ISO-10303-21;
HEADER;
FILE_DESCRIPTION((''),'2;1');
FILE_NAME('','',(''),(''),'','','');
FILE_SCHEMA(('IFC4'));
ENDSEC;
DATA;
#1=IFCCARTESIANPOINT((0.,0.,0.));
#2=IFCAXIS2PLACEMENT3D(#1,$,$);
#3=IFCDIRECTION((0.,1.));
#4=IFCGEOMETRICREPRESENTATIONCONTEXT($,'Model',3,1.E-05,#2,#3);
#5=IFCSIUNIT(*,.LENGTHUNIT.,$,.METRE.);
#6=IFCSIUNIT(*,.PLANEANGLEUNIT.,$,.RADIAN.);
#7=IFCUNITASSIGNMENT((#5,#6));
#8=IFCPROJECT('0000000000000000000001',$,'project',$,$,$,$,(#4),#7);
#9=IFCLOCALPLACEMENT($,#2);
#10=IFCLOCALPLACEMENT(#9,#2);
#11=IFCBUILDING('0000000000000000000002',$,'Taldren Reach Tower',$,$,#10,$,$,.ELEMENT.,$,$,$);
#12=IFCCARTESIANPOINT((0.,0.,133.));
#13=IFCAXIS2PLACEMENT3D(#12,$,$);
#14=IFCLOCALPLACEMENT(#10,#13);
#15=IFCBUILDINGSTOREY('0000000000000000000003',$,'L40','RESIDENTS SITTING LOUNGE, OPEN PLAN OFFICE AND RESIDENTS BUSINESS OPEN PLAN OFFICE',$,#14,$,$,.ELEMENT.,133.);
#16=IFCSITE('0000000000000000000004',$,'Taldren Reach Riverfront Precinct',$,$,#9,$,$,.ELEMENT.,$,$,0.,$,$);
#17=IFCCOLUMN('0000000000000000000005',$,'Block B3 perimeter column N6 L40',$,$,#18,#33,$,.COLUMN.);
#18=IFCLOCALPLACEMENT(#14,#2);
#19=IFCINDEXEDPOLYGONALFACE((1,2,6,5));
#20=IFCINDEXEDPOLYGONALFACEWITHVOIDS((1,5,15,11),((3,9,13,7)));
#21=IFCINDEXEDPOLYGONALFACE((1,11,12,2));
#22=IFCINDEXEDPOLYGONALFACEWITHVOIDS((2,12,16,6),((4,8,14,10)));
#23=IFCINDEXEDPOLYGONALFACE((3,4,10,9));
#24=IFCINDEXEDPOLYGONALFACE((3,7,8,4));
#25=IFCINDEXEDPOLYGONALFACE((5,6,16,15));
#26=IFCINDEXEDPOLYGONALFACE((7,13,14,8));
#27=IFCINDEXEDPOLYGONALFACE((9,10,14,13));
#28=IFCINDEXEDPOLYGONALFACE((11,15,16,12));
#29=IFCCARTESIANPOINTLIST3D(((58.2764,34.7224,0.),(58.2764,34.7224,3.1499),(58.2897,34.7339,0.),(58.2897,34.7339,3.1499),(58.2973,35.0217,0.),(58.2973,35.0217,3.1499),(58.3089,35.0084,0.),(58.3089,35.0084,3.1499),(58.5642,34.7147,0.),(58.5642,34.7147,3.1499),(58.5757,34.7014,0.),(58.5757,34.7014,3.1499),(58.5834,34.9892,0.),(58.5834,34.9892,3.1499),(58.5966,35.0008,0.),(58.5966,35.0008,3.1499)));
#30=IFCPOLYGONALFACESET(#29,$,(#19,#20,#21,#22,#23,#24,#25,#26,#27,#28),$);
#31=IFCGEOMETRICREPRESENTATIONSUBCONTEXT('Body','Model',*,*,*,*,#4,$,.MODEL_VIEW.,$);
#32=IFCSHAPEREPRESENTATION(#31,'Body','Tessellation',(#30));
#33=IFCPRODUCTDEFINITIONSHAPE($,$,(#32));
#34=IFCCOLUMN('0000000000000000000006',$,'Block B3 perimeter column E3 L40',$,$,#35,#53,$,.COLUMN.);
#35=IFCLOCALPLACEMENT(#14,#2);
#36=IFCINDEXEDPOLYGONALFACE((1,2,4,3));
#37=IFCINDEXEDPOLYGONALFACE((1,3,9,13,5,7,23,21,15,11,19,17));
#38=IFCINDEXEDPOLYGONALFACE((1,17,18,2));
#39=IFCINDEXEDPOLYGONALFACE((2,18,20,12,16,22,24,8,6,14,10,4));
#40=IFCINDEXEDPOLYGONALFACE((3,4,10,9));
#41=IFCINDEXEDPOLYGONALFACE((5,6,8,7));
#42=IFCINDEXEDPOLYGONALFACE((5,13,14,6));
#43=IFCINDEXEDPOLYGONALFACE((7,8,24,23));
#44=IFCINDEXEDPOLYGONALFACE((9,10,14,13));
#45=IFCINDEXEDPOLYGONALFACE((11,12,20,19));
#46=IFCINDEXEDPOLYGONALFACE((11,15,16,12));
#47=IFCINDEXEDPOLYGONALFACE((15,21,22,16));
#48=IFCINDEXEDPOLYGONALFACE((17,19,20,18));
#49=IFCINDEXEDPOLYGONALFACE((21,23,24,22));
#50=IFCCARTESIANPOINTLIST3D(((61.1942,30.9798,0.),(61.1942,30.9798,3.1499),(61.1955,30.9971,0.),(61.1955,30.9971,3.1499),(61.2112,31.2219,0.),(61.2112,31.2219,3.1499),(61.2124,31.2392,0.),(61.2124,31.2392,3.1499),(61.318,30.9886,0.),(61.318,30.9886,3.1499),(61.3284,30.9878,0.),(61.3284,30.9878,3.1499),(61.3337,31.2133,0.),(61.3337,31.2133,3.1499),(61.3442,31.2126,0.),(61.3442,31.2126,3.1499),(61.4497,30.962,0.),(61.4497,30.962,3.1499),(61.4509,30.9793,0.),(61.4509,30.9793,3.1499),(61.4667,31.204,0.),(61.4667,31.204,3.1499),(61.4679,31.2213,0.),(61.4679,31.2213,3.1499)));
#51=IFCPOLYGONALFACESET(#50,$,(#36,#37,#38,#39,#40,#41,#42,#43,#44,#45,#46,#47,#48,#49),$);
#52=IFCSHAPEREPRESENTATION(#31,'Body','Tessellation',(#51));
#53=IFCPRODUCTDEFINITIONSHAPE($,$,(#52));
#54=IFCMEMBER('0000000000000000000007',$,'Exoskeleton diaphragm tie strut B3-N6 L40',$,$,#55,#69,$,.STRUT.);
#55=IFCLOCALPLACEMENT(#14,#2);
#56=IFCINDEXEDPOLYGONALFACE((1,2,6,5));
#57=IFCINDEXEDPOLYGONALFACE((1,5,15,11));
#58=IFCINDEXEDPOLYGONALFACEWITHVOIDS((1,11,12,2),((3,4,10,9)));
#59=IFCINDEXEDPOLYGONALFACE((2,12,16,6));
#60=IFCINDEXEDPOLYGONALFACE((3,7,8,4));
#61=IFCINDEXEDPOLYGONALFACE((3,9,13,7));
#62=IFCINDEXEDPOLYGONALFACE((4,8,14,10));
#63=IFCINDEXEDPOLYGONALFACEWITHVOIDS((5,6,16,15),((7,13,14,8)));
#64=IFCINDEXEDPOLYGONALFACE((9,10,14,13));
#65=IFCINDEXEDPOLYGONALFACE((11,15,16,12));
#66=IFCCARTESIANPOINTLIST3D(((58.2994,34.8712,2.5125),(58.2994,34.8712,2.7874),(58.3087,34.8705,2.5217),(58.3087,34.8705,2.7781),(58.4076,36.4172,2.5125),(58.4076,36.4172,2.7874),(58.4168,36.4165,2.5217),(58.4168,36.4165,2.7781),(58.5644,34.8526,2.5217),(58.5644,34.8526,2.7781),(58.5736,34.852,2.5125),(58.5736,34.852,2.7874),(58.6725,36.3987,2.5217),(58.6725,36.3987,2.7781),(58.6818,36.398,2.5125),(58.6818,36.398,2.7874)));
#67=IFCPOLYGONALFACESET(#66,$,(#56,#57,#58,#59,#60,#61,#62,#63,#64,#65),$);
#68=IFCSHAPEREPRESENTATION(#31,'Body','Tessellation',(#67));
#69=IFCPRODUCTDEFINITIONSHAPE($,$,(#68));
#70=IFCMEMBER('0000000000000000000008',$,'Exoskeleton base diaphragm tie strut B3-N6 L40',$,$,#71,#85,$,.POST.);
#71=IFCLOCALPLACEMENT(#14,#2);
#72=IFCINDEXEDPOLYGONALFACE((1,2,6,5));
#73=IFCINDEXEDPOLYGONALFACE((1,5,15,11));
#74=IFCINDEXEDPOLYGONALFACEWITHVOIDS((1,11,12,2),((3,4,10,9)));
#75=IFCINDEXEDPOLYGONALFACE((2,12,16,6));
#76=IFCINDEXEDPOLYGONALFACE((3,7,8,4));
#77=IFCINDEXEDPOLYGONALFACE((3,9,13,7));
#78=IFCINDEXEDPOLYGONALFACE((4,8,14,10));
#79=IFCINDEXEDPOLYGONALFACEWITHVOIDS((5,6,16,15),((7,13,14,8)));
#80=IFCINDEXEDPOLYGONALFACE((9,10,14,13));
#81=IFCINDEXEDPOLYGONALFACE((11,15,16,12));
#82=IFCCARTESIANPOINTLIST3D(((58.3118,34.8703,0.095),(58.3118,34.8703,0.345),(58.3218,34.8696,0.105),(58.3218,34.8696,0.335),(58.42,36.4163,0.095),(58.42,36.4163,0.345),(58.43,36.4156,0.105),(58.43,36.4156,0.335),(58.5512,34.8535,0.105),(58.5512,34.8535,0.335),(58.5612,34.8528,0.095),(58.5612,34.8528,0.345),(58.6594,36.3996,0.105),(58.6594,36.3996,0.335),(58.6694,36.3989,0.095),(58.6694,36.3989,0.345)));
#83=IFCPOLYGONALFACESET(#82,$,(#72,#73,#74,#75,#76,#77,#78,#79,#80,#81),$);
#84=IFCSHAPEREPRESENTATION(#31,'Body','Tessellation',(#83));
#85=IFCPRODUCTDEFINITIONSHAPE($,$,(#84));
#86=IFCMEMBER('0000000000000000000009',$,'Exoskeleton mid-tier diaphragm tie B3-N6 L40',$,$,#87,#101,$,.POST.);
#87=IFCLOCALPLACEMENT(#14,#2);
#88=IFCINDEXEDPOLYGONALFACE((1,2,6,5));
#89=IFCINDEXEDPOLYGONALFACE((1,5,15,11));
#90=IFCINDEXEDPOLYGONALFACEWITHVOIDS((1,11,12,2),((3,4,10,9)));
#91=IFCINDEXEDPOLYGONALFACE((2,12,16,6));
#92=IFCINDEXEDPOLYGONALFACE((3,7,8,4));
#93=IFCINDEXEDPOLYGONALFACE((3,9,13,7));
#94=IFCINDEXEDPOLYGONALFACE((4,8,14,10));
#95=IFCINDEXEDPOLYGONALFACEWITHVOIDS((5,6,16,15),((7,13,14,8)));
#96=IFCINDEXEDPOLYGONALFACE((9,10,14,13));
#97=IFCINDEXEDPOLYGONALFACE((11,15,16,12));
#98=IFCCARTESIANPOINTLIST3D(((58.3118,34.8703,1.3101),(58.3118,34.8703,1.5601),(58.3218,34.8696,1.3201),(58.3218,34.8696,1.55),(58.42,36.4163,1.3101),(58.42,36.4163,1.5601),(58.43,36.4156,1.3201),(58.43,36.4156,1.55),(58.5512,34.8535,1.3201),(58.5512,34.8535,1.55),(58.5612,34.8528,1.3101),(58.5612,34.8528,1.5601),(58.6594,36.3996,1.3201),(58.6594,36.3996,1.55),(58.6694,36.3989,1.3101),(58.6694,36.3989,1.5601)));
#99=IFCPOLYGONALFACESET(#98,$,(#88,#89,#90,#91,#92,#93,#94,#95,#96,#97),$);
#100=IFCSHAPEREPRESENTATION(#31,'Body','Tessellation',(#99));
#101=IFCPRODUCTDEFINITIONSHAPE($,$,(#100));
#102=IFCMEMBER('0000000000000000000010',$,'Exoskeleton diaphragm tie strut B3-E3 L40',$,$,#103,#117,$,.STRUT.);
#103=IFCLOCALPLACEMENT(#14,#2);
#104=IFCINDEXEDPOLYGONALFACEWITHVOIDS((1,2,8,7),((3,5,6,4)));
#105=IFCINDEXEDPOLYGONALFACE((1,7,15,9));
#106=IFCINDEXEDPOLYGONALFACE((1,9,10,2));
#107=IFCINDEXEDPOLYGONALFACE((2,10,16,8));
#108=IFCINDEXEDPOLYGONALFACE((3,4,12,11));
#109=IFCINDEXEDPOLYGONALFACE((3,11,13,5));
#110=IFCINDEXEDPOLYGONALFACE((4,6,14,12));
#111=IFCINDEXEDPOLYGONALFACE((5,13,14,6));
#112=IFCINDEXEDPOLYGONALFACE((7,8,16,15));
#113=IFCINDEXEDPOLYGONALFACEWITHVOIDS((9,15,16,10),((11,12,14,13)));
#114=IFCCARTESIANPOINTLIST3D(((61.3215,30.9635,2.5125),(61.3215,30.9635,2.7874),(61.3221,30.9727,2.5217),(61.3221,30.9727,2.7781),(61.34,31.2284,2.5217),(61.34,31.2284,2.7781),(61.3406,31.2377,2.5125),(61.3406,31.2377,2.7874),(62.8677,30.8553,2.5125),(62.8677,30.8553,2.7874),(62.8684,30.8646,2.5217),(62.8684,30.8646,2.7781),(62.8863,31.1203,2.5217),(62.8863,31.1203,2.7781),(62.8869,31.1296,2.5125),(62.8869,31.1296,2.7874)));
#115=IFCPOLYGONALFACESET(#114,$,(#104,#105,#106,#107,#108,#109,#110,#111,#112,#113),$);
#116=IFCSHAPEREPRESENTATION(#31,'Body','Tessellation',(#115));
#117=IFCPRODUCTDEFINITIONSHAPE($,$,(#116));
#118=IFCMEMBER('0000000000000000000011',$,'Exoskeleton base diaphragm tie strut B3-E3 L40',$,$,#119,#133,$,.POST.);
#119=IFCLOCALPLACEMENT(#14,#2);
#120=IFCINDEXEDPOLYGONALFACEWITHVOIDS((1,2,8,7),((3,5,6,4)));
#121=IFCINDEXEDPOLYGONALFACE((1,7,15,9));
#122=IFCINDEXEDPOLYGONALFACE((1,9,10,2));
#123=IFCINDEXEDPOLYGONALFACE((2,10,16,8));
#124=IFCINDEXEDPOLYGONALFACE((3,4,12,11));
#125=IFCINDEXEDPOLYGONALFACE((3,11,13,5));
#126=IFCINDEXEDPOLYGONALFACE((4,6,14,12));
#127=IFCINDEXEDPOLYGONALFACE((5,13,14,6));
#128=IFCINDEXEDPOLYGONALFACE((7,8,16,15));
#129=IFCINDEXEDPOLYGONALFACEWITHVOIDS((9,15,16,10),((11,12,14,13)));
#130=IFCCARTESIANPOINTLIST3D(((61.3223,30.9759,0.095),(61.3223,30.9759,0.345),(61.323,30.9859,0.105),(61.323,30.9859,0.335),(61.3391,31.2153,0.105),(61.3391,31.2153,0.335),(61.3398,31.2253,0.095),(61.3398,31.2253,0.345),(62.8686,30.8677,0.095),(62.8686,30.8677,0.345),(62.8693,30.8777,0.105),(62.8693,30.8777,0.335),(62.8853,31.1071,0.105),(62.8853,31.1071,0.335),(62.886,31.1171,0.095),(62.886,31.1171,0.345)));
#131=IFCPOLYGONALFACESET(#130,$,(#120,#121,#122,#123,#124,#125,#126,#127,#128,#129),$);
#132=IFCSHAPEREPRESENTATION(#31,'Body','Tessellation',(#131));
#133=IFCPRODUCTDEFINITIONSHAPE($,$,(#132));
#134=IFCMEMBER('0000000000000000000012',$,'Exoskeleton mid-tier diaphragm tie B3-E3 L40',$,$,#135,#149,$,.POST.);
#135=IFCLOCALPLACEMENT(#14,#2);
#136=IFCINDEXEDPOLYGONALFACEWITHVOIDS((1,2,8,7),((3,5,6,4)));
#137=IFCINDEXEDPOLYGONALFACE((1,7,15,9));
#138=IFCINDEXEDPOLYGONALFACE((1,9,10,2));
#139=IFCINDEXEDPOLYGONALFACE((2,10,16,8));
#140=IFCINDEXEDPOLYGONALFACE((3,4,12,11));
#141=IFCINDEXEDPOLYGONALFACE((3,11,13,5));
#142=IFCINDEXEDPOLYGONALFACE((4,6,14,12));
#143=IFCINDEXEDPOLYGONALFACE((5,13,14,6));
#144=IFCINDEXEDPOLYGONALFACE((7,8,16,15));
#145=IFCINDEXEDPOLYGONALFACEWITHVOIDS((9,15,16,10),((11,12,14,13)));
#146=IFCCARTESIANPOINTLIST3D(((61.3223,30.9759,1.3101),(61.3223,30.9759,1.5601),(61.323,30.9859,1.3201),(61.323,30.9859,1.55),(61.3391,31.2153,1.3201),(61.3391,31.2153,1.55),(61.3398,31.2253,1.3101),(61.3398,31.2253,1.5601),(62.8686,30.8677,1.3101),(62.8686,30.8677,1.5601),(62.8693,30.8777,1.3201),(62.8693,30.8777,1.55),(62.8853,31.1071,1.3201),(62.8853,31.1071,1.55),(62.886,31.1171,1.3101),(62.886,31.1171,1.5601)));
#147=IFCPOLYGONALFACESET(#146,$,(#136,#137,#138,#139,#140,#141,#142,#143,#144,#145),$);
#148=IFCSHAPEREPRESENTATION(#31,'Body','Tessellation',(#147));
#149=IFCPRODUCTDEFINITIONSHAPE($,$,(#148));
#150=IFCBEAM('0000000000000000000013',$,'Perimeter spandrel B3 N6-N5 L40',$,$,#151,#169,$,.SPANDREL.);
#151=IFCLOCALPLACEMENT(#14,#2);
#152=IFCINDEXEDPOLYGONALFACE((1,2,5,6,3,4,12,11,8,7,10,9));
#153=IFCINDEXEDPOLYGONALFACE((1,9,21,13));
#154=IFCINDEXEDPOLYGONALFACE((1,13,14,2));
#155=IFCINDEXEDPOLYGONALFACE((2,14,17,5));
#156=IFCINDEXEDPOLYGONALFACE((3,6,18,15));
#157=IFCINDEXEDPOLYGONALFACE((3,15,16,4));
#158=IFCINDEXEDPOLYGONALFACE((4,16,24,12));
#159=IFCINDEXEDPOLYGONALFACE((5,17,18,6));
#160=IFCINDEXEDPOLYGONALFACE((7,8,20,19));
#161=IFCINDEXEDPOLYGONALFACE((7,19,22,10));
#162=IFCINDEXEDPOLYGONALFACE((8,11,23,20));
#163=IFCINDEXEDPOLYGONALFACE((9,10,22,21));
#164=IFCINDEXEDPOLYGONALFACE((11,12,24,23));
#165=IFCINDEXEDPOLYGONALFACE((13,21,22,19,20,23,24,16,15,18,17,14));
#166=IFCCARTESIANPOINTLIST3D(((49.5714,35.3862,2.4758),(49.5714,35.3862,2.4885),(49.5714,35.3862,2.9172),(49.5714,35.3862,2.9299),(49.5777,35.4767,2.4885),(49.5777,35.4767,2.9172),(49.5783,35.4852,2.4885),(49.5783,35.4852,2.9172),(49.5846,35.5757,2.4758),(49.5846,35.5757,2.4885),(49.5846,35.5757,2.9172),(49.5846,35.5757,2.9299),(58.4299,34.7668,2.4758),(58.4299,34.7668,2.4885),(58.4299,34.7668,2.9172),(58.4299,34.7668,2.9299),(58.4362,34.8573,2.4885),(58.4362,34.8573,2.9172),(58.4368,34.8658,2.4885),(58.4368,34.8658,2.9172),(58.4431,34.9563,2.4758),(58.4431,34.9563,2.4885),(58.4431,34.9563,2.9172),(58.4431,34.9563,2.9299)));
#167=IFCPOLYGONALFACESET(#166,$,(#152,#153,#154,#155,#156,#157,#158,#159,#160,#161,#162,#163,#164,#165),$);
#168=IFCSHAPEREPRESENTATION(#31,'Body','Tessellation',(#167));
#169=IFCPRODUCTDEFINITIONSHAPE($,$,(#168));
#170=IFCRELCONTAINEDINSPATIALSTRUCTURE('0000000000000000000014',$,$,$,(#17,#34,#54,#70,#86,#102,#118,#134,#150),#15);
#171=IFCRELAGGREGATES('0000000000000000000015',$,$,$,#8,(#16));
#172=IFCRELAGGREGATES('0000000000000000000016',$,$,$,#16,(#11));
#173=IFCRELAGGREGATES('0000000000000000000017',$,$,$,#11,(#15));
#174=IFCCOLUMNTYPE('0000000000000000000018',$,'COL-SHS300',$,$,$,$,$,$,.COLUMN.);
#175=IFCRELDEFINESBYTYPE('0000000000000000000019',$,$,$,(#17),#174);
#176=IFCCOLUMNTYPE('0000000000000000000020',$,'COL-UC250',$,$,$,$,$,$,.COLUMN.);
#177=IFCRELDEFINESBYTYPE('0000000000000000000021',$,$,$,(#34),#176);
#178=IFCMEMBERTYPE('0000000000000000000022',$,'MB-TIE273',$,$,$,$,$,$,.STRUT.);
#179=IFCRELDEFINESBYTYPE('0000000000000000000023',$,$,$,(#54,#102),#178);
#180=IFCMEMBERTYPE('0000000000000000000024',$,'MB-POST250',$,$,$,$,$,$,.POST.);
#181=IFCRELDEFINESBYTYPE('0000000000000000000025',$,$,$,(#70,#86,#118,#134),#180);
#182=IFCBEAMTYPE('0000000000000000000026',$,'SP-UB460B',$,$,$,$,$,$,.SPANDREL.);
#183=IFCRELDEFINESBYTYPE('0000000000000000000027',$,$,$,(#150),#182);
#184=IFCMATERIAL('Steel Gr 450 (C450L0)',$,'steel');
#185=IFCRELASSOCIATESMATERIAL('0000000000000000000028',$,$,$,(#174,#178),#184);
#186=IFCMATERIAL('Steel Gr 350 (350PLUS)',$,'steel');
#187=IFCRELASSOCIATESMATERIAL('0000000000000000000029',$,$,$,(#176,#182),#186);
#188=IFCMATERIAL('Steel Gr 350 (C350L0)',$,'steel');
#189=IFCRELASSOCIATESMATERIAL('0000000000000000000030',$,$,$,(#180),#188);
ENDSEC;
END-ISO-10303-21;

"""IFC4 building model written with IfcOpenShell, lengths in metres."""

from ifc_helpers import new_model, si_unit, direction, frame, origin, origin_2d, place, context, subcontext, project, spatial, hollow_rectangle, i_section, extrude, source, transform, mapped, material, material_profile, profile_set, type_object, element, save


model = new_model("IFC4")

# Units and contexts
model_context = context("Model", 3, precision=1e-05, world=origin(), true_north=direction((0.0, 1.0)))
body_context = subcontext(model_context, "Body", "Model", "MODEL_VIEW")
ifc_project = project(units=[si_unit("LENGTHUNIT", "METRE"), si_unit("PLANEANGLEUNIT", "RADIAN")], contexts=[model_context])

# Site, building, storey
site_placement = place(None, origin())
site = spatial("IfcSite", under=ifc_project, at=site_placement, Name="Taldren Reach Riverfront Precinct", CompositionType="ELEMENT", RefElevation=0.0)
building_placement = place(site_placement, origin())
building = spatial("IfcBuilding", under=site, at=building_placement, Name="Taldren Reach Tower", CompositionType="ELEMENT")
storey_placement = place(building_placement, frame((0.0, 0.0, 133.0)))
storey = spatial("IfcBuildingStorey", under=building, at=storey_placement, Name="L40", Description="RESIDENTS SITTING LOUNGE, OPEN PLAN OFFICE AND RESIDENTS BUSINESS OPEN PLAN OFFICE", CompositionType="ELEMENT", Elevation=133.0)

# Columns
ifc_material_1 = material(Name="Steel Gr 450 (C450L0)", Category="steel")
ifc_material_profile_1 = material_profile(ifc_material_1, hollow_rectangle(XDim=0.3, YDim=0.3, WallThickness=0.0125, at=origin_2d()), Name="300x300x12.5SHS")
ifc_profile_set_1 = profile_set([ifc_material_profile_1], Name="Steel Gr 450 (C450L0)")
column_type_1 = type_object("IfcColumnType", Name="COL-SHS300", PredefinedType="COLUMN", material=ifc_profile_set_1)
shared_shape_1 = source(origin(), body_context, "Body", "SweptSolid", [
    extrude(hollow_rectangle(XDim=0.3, YDim=0.3, WallThickness=0.0125, at=origin_2d()), origin(), (0.0, 0.0, 1.0), 3.1499),
])
column_1_placement = place(storey_placement, frame((58.4365, 34.8616, 0.0), z_axis=(0.0, 0.0, 1.0), x_axis=(0.997564, -0.069756, 0.0)))
element("IfcColumn", 1, at=column_1_placement, inside=storey, type_object=column_type_1, Name="Block B3 perimeter column N6 L40", PredefinedType="COLUMN", context=body_context, shape_type="MappedRepresentation", body=[
    mapped(shared_shape_1, transform((0.0, 0.0, 0.0), scale=1.0)),
])
ifc_material_2 = material(Name="Steel Gr 350 (350PLUS)", Category="steel")
ifc_material_profile_2 = material_profile(ifc_material_2, i_section(OverallWidth=0.2561, OverallDepth=0.26, WebThickness=0.0105, FlangeThickness=0.0173, at=origin_2d()), Name="250UC89.5")
ifc_profile_set_2 = profile_set([ifc_material_profile_2], Name="Steel Gr 350 (350PLUS)")
column_type_2 = type_object("IfcColumnType", Name="COL-UC250", PredefinedType="COLUMN", material=ifc_profile_set_2)
shared_shape_2 = source(origin(), body_context, "Body", "SweptSolid", [
    extrude(i_section(OverallWidth=0.2561, OverallDepth=0.26, WebThickness=0.0105, FlangeThickness=0.0173, at=origin_2d()), origin(), (0.0, 0.0, 1.0), 3.1499),
])
column_2_placement = place(storey_placement, frame((61.3311, 31.1006, 0.0), z_axis=(0.0, 0.0, 1.0), x_axis=(0.997564, -0.069756, 0.0)))
element("IfcColumn", 2, at=column_2_placement, inside=storey, type_object=column_type_2, Name="Block B3 perimeter column E3 L40", PredefinedType="COLUMN", context=body_context, shape_type="MappedRepresentation", body=[
    mapped(shared_shape_2, transform((0.0, 0.0, 0.0), scale=1.0)),
])

# Members
ifc_material_profile_3 = material_profile(ifc_material_1, hollow_rectangle(XDim=0.2749, YDim=0.2749, WallThickness=0.0093, at=origin_2d()), Name="275x275x9.3SHS")
ifc_profile_set_3 = profile_set([ifc_material_profile_3], Name="Steel Gr 450 (C450L0)")
member_type_1 = type_object("IfcMemberType", Name="MB-TIE273", PredefinedType="STRUT", material=ifc_profile_set_3)
shared_shape_3 = source(origin(), body_context, "Body", "SweptSolid", [
    extrude(hollow_rectangle(XDim=0.2749, YDim=0.2749, WallThickness=0.0093, at=origin_2d()), origin(), (0.0, 0.0, 1.0), 1.5498),
])
member_1_placement = place(storey_placement, frame((58.4365, 34.8616, 2.6499), z_axis=(0.069781, 0.997562, 0.0), x_axis=(-0.997562, 0.069781, 0.0)))
element("IfcMember", 3, at=member_1_placement, inside=storey, type_object=member_type_1, Name="Exoskeleton diaphragm tie strut B3-N6 L40", PredefinedType="STRUT", context=body_context, shape_type="MappedRepresentation", body=[
    mapped(shared_shape_3, transform((0.0, 0.0, 0.0), scale=1.0)),
])
ifc_material_3 = material(Name="Steel Gr 350 (C350L0)", Category="steel")
ifc_material_profile_4 = material_profile(ifc_material_3, hollow_rectangle(XDim=0.25, YDim=0.25, WallThickness=0.01, at=origin_2d()), Name="250x250x10.0SHS")
ifc_profile_set_4 = profile_set([ifc_material_profile_4], Name="Steel Gr 350 (C350L0)")
member_type_2 = type_object("IfcMemberType", Name="MB-POST250", PredefinedType="POST", material=ifc_profile_set_4)
shared_shape_4 = source(origin(), body_context, "Body", "SweptSolid", [
    extrude(hollow_rectangle(XDim=0.25, YDim=0.25, WallThickness=0.01, at=origin_2d()), origin(), (0.0, 0.0, 1.0), 1.5498),
])
for number, where, z_axis, x_axis, name in (
    (4, (58.4365, 34.8616, 0.22), (0.069781, 0.997562, 0.0), (-0.997562, 0.069781, 0.0), "Exoskeleton base diaphragm tie strut B3-N6 L40"),
    (5, (58.4365, 34.8616, 1.4351), (0.069781, 0.997562, 0.0), (-0.997562, 0.069781, 0.0), "Exoskeleton mid-tier diaphragm tie B3-N6 L40"),
):
    element("IfcMember", number, at=place(storey_placement, frame(where, z_axis=z_axis, x_axis=x_axis)), inside=storey, type_object=member_type_2, Name=name, PredefinedType="POST", context=body_context, shape_type="MappedRepresentation", body=[
        mapped(shared_shape_4, transform((0.0, 0.0, 0.0), scale=1.0)),
    ])
shared_shape_5 = source(origin(), body_context, "Body", "SweptSolid", [
    extrude(hollow_rectangle(XDim=0.2749, YDim=0.2749, WallThickness=0.0093, at=origin_2d()), origin(), (0.0, 0.0, 1.0), 1.55),
])
member_2_placement = place(storey_placement, frame((61.3311, 31.1006, 2.6499), z_axis=(0.997563, -0.06977, 0.0), x_axis=(0.06977, 0.997563, 0.0)))
element("IfcMember", 6, at=member_2_placement, inside=storey, type_object=member_type_1, Name="Exoskeleton diaphragm tie strut B3-E3 L40", PredefinedType="STRUT", context=body_context, shape_type="MappedRepresentation", body=[
    mapped(shared_shape_5, transform((0.0, 0.0, 0.0), scale=1.0)),
])
shared_shape_6 = source(origin(), body_context, "Body", "SweptSolid", [
    extrude(hollow_rectangle(XDim=0.25, YDim=0.25, WallThickness=0.01, at=origin_2d()), origin(), (0.0, 0.0, 1.0), 1.55),
])
for number, where, z_axis, x_axis, name in (
    (7, (61.3311, 31.1006, 0.22), (0.997563, -0.06977, 0.0), (0.06977, 0.997563, 0.0), "Exoskeleton base diaphragm tie strut B3-E3 L40"),
    (8, (61.3311, 31.1006, 1.4351), (0.997563, -0.06977, 0.0), (0.06977, 0.997563, 0.0), "Exoskeleton mid-tier diaphragm tie B3-E3 L40"),
):
    element("IfcMember", number, at=place(storey_placement, frame(where, z_axis=z_axis, x_axis=x_axis)), inside=storey, type_object=member_type_2, Name=name, PredefinedType="POST", context=body_context, shape_type="MappedRepresentation", body=[
        mapped(shared_shape_6, transform((0.0, 0.0, 0.0), scale=1.0)),
    ])

# Beam
ifc_material_profile_5 = material_profile(ifc_material_2, i_section(OverallWidth=0.1899, OverallDepth=0.4541, WebThickness=0.0085, FlangeThickness=0.0127, at=origin_2d()), Name="460UB67.1")
ifc_profile_set_5 = profile_set([ifc_material_profile_5], Name="Steel Gr 350 (350PLUS)")
beam_type = type_object("IfcBeamType", Name="SP-UB460B", PredefinedType="SPANDREL", material=ifc_profile_set_5)
shared_shape_7 = source(origin(), body_context, "Body", "SweptSolid", [
    extrude(i_section(OverallWidth=0.1899, OverallDepth=0.4541, WebThickness=0.0085, FlangeThickness=0.0127, at=origin_2d()), origin(), (0.0, 0.0, 1.0), 8.8801),
])
beam_1_placement = place(storey_placement, frame((58.4365, 34.8616, 2.7029), z_axis=(-0.997564, 0.06975, 0.0), x_axis=(-0.06975, -0.997564, 0.0)))
element("IfcBeam", 9, at=beam_1_placement, inside=storey, type_object=beam_type, Name="Perimeter spandrel B3 N6-N5 L40", PredefinedType="SPANDREL", context=body_context, shape_type="MappedRepresentation", body=[
    mapped(shared_shape_7, transform((0.0, 0.0, 0.0), scale=1.0)),
])

save(model, "model.ifc")
